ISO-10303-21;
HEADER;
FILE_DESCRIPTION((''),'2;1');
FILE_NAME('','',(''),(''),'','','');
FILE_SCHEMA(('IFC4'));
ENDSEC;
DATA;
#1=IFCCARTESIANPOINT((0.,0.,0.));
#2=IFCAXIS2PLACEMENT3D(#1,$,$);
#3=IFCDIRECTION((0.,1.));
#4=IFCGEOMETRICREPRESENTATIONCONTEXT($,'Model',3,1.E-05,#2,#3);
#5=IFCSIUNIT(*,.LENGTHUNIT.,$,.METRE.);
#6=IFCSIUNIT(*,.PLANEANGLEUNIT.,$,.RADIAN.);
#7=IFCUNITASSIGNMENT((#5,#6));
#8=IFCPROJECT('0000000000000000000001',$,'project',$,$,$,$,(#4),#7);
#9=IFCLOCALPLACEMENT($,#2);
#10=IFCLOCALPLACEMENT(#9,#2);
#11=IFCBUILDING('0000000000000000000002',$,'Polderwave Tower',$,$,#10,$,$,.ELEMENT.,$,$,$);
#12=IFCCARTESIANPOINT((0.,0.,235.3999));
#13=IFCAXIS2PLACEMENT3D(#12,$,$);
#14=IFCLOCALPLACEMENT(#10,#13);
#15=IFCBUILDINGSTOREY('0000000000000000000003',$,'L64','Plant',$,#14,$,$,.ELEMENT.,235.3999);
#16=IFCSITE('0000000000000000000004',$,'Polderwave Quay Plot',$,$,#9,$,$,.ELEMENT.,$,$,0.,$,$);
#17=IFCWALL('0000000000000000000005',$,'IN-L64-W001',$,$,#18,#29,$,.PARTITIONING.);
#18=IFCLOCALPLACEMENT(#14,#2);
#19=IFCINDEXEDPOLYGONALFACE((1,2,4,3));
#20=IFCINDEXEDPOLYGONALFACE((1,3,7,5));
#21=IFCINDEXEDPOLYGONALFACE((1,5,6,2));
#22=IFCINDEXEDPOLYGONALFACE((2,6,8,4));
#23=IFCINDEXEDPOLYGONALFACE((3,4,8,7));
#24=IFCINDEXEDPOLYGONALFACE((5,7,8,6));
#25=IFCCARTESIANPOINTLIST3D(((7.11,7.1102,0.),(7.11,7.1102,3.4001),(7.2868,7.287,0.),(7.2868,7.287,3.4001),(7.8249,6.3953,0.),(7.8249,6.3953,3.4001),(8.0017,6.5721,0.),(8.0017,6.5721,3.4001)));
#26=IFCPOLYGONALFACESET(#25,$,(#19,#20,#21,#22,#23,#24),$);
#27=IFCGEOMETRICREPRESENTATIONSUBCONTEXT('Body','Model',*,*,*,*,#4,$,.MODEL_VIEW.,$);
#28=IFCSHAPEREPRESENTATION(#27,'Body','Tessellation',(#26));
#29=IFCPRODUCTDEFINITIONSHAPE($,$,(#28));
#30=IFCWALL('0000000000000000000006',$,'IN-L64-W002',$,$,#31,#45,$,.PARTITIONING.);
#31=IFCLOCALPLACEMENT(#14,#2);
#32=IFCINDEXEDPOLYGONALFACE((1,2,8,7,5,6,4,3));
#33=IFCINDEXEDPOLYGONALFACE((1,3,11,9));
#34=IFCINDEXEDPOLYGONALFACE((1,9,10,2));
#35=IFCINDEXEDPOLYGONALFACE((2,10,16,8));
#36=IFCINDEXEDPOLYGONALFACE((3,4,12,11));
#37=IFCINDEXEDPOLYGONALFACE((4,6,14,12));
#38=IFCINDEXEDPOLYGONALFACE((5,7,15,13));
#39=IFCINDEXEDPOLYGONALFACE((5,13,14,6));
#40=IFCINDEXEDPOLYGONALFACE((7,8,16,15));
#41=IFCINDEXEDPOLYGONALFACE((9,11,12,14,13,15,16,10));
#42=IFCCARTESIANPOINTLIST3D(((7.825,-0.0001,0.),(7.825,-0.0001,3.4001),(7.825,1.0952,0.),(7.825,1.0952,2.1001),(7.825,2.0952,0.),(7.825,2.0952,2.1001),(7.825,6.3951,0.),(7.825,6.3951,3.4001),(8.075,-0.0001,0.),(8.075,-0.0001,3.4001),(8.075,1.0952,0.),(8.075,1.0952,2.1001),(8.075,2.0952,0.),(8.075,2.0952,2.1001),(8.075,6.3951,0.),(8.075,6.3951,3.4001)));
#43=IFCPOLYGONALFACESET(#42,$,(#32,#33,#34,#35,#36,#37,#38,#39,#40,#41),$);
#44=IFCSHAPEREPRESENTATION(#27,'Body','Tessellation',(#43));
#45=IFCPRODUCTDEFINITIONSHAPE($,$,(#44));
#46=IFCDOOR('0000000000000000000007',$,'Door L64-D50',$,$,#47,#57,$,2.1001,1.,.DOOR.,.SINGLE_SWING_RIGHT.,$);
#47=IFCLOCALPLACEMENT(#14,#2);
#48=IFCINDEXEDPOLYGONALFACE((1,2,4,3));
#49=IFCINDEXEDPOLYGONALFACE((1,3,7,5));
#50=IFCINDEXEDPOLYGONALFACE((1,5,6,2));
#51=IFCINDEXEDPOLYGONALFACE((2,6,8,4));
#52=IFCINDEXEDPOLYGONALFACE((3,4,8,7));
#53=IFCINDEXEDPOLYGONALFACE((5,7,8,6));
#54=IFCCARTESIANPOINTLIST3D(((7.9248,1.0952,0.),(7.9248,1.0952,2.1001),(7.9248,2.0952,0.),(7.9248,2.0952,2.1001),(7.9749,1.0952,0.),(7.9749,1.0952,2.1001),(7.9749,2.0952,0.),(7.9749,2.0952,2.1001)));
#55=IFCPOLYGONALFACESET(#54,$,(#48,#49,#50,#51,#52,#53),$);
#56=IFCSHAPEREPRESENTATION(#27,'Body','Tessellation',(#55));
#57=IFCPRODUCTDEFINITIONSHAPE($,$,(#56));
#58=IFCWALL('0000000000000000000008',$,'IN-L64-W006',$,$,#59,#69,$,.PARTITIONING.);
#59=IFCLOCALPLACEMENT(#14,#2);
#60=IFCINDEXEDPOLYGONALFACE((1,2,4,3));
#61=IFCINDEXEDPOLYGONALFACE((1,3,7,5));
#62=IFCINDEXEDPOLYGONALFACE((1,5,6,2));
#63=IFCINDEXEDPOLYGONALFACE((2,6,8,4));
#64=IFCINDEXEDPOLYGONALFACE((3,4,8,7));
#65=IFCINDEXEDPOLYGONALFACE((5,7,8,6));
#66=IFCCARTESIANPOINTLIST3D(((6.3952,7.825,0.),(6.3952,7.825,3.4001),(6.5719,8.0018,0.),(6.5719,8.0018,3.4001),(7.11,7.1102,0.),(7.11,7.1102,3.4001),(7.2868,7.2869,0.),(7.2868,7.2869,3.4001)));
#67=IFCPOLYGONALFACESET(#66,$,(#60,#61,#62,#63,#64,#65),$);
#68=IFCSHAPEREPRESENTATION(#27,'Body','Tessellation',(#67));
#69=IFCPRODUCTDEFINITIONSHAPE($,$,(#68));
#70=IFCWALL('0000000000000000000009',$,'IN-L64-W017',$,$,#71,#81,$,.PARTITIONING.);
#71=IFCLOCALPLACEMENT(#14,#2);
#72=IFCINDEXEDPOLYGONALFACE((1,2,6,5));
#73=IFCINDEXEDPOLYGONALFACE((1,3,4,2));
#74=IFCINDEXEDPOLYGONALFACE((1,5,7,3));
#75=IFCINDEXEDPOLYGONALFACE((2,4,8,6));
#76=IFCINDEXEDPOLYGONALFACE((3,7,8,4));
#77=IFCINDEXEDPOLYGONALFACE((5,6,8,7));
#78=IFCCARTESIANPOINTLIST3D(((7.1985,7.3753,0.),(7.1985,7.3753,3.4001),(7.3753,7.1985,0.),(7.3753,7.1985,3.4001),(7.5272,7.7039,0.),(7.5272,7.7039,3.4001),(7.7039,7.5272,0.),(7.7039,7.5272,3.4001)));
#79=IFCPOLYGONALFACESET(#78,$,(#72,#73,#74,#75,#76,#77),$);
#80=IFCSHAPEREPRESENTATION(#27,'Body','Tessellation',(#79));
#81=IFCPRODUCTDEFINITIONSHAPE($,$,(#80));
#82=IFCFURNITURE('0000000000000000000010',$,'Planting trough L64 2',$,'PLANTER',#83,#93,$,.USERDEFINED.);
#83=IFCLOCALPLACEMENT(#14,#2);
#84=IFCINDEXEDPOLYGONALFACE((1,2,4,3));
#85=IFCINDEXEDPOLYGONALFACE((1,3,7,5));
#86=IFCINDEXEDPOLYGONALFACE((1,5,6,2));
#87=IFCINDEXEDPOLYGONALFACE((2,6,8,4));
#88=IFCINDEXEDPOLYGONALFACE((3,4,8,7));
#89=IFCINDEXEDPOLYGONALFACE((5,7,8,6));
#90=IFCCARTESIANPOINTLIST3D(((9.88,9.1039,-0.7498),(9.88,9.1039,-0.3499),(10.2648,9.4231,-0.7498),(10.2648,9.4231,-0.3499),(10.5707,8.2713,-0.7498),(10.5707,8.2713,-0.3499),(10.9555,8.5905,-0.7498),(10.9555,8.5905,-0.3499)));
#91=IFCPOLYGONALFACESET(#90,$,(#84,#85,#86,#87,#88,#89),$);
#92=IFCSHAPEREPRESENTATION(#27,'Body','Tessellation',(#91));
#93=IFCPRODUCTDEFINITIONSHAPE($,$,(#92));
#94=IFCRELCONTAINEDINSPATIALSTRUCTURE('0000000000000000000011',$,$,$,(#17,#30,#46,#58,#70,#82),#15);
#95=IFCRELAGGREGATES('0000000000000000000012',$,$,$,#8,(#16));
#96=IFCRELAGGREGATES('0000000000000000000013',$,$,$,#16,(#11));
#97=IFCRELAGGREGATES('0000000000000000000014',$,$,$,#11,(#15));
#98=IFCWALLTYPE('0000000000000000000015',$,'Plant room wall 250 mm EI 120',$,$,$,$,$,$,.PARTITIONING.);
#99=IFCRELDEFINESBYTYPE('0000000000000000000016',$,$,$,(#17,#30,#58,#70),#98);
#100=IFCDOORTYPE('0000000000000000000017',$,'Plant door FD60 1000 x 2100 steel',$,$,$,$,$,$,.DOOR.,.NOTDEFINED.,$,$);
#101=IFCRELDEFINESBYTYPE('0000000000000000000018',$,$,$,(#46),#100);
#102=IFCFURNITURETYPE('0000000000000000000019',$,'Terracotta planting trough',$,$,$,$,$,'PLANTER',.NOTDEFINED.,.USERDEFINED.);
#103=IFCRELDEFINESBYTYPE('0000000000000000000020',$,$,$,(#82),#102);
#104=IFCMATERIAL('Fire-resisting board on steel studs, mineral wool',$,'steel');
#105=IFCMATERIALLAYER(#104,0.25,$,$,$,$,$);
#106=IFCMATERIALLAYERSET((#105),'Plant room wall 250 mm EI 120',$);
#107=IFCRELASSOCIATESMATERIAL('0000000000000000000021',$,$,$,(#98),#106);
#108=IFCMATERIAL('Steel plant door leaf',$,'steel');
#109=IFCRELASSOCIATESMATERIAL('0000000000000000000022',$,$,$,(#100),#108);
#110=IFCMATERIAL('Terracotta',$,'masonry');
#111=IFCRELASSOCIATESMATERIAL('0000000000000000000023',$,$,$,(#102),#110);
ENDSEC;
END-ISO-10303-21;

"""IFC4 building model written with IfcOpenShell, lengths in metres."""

from ifc_helpers import new_model, si_unit, direction, frame, frame_2d, origin, origin_2d, place, context, subcontext, project, spatial, rectangle, extrude, material, layer, layer_set, type_object, element, fill, save


model = new_model("IFC4")

# Units and contexts
model_context = context("Model", 3, precision=1e-05, world=origin(), true_north=direction((0.0, 1.0)))
body_context = subcontext(model_context, "Body", "Model", "MODEL_VIEW")
ifc_project = project(units=[si_unit("LENGTHUNIT", "METRE"), si_unit("PLANEANGLEUNIT", "RADIAN")], contexts=[model_context])

# Site, building, storey
site_placement = place(None, origin())
site = spatial("IfcSite", under=ifc_project, at=site_placement, Name="Polderwave Quay Plot", CompositionType="ELEMENT", RefElevation=0.0)
building_placement = place(site_placement, origin())
building = spatial("IfcBuilding", under=site, at=building_placement, Name="Polderwave Tower", CompositionType="ELEMENT")
storey_placement = place(building_placement, frame((0.0, 0.0, 235.3999)))
storey = spatial("IfcBuildingStorey", under=building, at=storey_placement, Name="L64", Description="Plant", CompositionType="ELEMENT", Elevation=235.3999)

# Wall
ifc_material_1 = material(Name="Fire-resisting board on steel studs, mineral wool", Category="steel")
ifc_layer_1 = layer(ifc_material_1, 0.25)
ifc_layer_set_1 = layer_set([ifc_layer_1], Name="Plant room wall 250 mm EI 120")
wall_type = type_object("IfcWallType", Name="Plant room wall 250 mm EI 120", PredefinedType="PARTITIONING", material=ifc_layer_set_1)
wall_1_placement = place(storey_placement, frame((7.1985, 7.1985, 0.0), z_axis=(0.0, 0.0, 1.0), x_axis=(0.707107, -0.707107, 0.0)))
element("IfcWall", 1, at=wall_1_placement, inside=storey, type_object=wall_type, Name="IN-L64-W001", PredefinedType="PARTITIONING", context=body_context, shape_type="SweptSolid", body=[
    extrude(rectangle(XDim=1.011, YDim=0.25, at=frame_2d((0.5054, 0.0))), origin(), (0.0, 0.0, 1.0), 3.4001),
])

# Wall, opening, door
wall_2_placement = place(storey_placement, frame((7.95, 6.3953, 0.0), z_axis=(0.0, 0.0, 1.0), x_axis=(0.0, -1.0, 0.0)))
wall_2 = element("IfcWall", 2, at=wall_2_placement, inside=storey, type_object=wall_type, Name="IN-L64-W002", PredefinedType="PARTITIONING", context=body_context, shape_type="SweptSolid", body=[
    extrude(rectangle(XDim=6.3953, YDim=0.25, at=frame_2d((3.1978, 0.0))), origin(), (0.0, 0.0, 1.0), 3.4001),
])
opening_placement = place(wall_2_placement, frame((4.3, 0.0, 0.0)))
opening = element("IfcOpeningElement", 3, at=opening_placement, cuts=wall_2, PredefinedType="OPENING", context=body_context, shape_type="SweptSolid", body=[
    extrude(rectangle(XDim=1.0, YDim=2.1001, at=frame_2d((0.5, 1.05))), frame((0.0, 0.135, 0.0), z_axis=(0.0, -1.0, 0.0), x_axis=(1.0, 0.0, 0.0)), (0.0, 0.0, 1.0), 0.27),
])
ifc_material_2 = material(Name="Steel plant door leaf", Category="steel")
door_type = type_object("IfcDoorType", Name="Plant door FD60 1000 x 2100 steel", OperationType="NOTDEFINED", PredefinedType="DOOR", material=ifc_material_2)
door_placement = place(opening_placement, origin())
door = element("IfcDoor", 4, at=door_placement, inside=storey, type_object=door_type, Name="Door L64-D50", OperationType="SINGLE_SWING_RIGHT", OverallHeight=2.1001, OverallWidth=1.0, PredefinedType="DOOR", context=body_context, shape_type="SweptSolid", body=[
    extrude(rectangle(XDim=1.0, YDim=2.1001, at=frame_2d((0.5, 1.05))), frame((0.0, 0.0249, 0.0), z_axis=(0.0, -1.0, 0.0), x_axis=(1.0, 0.0, 0.0)), (0.0, 0.0, 1.0), 0.05),
])
fill(opening, door)

# Walls
wall_3_placement = place(storey_placement, frame((6.4836, 7.9133, 0.0), z_axis=(0.0, 0.0, 1.0), x_axis=(0.707107, -0.707107, 0.0)))
element("IfcWall", 5, at=wall_3_placement, inside=storey, type_object=wall_type, Name="IN-L64-W006", PredefinedType="PARTITIONING", context=body_context, shape_type="SweptSolid", body=[
    extrude(rectangle(XDim=1.011, YDim=0.25, at=frame_2d((0.5054, 0.0))), origin(), (0.0, 0.0, 1.0), 3.4001),
])
wall_4_placement = place(storey_placement, frame((7.2869, 7.2869, 0.0), z_axis=(0.0, 0.0, 1.0), x_axis=(0.707107, 0.707107, 0.0)))
element("IfcWall", 6, at=wall_4_placement, inside=storey, type_object=wall_type, Name="IN-L64-W017", PredefinedType="PARTITIONING", context=body_context, shape_type="SweptSolid", body=[
    extrude(rectangle(XDim=0.4648, YDim=0.25, at=frame_2d((0.2324, 0.0))), origin(), (0.0, 0.0, 1.0), 3.4001),
])

# Furniture
ifc_material_3 = material(Name="Terracotta", Category="masonry")
furniture_type = type_object("IfcFurnitureType", Name="Terracotta planting trough", ElementType="PLANTER", AssemblyPlace="NOTDEFINED", PredefinedType="USERDEFINED", material=ifc_material_3)
furniture_placement = place(storey_placement, frame((10.4177, 8.8472, -0.7498), z_axis=(0.0, 0.0, 1.0), x_axis=(-0.638463, 0.769653, 0.0)))
element("IfcFurniture", 7, at=furniture_placement, inside=storey, type_object=furniture_type, Name="Planting trough L64 2", ObjectType="PLANTER", PredefinedType="USERDEFINED", context=body_context, shape_type="SweptSolid", body=[
    extrude(rectangle(XDim=1.0818, YDim=0.5, at=origin_2d()), origin(), (0.0, 0.0, 1.0), 0.3999),
])

save(model, "model.ifc")
